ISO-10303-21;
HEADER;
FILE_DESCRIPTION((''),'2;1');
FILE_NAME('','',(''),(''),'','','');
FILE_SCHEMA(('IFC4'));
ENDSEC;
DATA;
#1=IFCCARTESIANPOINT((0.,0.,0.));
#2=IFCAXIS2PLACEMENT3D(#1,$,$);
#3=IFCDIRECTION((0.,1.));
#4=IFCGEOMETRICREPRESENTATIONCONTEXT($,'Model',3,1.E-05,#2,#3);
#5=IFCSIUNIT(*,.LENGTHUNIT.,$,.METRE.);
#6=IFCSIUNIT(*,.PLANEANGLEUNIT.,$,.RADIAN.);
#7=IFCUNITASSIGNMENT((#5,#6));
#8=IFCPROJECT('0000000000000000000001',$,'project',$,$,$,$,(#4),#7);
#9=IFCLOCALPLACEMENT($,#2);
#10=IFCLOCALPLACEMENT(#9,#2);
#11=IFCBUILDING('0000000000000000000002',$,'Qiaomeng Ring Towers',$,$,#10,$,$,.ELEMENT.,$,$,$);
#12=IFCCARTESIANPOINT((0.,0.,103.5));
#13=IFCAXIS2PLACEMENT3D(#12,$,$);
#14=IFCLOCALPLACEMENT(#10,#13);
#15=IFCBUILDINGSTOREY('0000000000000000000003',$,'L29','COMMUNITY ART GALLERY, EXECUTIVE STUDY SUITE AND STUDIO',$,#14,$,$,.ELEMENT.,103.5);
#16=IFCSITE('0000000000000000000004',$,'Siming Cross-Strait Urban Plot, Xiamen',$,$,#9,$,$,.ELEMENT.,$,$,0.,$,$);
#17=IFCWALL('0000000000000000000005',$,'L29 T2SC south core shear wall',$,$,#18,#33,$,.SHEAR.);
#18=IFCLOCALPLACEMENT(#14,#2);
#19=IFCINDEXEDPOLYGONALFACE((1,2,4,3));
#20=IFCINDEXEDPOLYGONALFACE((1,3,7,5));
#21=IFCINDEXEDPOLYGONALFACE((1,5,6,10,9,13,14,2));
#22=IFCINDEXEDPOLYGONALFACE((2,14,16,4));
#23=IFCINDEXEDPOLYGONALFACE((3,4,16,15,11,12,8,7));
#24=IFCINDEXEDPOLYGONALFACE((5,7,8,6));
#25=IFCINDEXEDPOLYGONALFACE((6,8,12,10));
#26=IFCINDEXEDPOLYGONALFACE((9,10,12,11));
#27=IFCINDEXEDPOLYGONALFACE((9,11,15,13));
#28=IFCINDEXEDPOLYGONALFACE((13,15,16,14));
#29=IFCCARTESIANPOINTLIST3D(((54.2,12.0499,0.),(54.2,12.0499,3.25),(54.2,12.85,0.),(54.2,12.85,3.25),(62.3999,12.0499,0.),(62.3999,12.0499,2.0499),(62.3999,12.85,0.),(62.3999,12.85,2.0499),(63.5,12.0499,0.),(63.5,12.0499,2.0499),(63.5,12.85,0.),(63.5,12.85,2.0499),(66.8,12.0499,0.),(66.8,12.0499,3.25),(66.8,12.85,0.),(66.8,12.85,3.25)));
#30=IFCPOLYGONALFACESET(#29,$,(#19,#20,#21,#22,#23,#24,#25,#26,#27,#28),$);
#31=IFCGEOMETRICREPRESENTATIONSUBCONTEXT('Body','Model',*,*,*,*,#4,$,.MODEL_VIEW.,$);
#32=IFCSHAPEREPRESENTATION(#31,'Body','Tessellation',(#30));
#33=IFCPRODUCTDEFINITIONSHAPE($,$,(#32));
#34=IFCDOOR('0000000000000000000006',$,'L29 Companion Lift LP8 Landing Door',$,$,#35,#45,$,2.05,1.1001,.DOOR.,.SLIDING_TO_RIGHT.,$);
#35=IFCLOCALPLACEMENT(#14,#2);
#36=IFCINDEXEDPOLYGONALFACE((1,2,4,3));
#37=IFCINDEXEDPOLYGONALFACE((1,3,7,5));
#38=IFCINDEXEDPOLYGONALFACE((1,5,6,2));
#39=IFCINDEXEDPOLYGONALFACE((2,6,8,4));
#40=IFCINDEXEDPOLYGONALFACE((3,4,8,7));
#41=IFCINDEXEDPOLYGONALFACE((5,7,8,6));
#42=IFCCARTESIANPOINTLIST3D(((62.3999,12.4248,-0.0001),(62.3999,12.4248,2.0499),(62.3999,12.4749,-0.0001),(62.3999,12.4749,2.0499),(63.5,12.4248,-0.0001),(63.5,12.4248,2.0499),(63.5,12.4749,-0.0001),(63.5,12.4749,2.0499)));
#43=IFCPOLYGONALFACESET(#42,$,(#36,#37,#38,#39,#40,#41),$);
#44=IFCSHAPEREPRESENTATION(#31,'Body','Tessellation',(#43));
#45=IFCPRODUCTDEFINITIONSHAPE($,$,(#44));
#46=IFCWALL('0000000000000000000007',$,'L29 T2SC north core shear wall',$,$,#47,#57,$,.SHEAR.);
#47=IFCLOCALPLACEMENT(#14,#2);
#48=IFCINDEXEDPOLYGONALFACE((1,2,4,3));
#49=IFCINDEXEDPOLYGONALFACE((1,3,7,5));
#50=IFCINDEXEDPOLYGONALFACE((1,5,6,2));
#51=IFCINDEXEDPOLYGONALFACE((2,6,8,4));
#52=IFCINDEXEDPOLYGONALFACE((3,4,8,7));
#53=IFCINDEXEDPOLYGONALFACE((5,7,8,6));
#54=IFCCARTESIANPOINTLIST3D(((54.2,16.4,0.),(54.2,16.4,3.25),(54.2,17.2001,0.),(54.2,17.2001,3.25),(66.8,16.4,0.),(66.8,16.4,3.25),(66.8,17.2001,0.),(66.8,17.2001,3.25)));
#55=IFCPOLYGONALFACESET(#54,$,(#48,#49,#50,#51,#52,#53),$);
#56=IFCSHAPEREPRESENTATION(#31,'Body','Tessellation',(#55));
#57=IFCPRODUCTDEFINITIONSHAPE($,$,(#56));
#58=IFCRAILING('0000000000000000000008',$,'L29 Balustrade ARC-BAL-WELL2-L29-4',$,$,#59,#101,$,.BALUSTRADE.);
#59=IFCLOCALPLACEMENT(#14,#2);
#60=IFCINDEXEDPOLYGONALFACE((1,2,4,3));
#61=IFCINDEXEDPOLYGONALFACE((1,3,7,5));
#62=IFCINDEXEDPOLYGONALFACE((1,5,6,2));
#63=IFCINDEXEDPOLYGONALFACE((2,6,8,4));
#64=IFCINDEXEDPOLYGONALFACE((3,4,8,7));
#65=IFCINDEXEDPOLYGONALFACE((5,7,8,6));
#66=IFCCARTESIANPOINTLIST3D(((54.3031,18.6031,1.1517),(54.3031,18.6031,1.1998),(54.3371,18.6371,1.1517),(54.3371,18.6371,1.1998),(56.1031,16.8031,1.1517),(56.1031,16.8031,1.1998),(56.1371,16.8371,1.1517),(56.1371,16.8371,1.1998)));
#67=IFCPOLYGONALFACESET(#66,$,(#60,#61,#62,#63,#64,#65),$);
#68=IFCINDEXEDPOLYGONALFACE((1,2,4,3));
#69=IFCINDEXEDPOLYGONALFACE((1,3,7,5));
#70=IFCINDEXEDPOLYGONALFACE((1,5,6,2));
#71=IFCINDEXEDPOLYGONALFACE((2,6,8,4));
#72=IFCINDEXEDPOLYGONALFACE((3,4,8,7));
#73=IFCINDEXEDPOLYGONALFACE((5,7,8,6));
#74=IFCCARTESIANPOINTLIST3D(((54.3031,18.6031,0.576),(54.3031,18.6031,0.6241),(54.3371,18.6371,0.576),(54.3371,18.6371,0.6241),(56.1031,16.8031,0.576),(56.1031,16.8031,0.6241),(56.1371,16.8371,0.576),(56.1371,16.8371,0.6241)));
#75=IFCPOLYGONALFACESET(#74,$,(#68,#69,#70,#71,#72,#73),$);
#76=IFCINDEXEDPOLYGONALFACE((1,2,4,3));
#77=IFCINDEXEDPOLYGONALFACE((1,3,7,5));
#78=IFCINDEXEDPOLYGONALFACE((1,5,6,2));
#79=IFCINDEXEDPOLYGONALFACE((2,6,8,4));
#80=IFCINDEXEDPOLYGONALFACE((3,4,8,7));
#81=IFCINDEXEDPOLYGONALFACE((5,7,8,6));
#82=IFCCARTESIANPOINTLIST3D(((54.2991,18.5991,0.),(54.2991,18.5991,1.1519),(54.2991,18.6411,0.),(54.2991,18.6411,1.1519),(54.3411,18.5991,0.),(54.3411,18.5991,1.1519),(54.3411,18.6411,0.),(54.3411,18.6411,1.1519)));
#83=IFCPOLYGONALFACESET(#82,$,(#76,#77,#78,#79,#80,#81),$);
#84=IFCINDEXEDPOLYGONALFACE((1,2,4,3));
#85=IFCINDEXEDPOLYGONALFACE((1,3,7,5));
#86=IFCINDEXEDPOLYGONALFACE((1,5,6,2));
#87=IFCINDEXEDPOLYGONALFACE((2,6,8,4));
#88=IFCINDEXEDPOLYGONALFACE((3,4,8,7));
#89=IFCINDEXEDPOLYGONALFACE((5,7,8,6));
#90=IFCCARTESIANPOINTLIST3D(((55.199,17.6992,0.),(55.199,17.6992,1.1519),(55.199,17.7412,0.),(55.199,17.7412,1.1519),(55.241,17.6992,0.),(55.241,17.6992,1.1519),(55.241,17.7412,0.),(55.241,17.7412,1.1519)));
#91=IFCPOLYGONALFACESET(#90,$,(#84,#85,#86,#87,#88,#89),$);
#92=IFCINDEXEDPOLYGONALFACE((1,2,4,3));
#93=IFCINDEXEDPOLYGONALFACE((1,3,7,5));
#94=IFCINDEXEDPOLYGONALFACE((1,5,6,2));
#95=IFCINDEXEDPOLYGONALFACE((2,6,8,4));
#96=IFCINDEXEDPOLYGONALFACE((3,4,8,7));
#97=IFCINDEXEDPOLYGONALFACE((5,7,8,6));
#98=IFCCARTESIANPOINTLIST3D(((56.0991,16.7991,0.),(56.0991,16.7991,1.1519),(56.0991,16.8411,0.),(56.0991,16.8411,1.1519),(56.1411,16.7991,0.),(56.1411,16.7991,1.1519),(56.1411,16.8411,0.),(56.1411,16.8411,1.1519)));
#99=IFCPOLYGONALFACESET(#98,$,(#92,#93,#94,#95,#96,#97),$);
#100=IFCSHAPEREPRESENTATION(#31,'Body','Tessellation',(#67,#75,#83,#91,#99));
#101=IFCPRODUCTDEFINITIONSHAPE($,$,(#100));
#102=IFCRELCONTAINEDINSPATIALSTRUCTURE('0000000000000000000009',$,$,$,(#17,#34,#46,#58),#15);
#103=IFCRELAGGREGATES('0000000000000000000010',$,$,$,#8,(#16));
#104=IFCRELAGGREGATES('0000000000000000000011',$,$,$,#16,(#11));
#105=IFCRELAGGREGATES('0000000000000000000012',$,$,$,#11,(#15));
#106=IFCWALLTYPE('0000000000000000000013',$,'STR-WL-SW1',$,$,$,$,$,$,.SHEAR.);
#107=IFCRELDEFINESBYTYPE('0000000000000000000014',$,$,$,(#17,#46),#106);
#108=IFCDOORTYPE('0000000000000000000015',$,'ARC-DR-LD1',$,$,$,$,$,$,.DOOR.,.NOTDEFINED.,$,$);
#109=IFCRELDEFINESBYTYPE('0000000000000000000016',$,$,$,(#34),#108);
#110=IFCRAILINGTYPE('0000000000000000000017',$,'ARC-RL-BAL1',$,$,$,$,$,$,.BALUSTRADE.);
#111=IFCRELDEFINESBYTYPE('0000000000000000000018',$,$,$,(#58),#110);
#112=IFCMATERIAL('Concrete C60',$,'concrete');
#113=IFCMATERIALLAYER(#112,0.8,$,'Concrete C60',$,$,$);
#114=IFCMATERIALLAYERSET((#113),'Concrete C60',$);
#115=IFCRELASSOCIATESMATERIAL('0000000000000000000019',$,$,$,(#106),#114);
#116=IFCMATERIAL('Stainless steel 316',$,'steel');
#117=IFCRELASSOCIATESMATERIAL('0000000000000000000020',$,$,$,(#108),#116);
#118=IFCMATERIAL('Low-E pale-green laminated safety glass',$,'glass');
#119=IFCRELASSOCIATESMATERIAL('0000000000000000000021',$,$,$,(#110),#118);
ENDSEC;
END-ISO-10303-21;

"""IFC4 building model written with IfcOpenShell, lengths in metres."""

from ifc_helpers import new_model, si_unit, direction, frame, frame_2d, origin, origin_2d, place, context, subcontext, project, spatial, rectangle, extrude, source, transform, mapped, material, layer, layer_set, type_object, element, fill, save


model = new_model("IFC4")

# Units and contexts
model_context = context("Model", 3, precision=1e-05, world=origin(), true_north=direction((0.0, 1.0)))
body_context = subcontext(model_context, "Body", "Model", "MODEL_VIEW")
ifc_project = project(units=[si_unit("LENGTHUNIT", "METRE"), si_unit("PLANEANGLEUNIT", "RADIAN")], contexts=[model_context])

# Site, building, storey
site_placement = place(None, origin())
site = spatial("IfcSite", under=ifc_project, at=site_placement, Name="Siming Cross-Strait Urban Plot, Xiamen", CompositionType="ELEMENT", RefElevation=0.0)
building_placement = place(site_placement, origin())
building = spatial("IfcBuilding", under=site, at=building_placement, Name="Qiaomeng Ring Towers", CompositionType="ELEMENT")
storey_placement = place(building_placement, frame((0.0, 0.0, 103.5)))
storey = spatial("IfcBuildingStorey", under=building, at=storey_placement, Name="L29", Description="COMMUNITY ART GALLERY, EXECUTIVE STUDY SUITE AND STUDIO", CompositionType="ELEMENT", Elevation=103.5)

# Wall, opening, door
ifc_material_1 = material(Name="Concrete C60", Category="concrete")
ifc_layer_1 = layer(ifc_material_1, 0.8, Name="Concrete C60")
ifc_layer_set_1 = layer_set([ifc_layer_1], Name="Concrete C60")
wall_type_1 = type_object("IfcWallType", Name="STR-WL-SW1", PredefinedType="SHEAR", material=ifc_layer_set_1)
wall_1_placement = place(storey_placement, frame((54.2, 12.45, 0.0), z_axis=(0.0, 0.0, 1.0), x_axis=(1.0, 0.0, 0.0)))
wall_1 = element("IfcWall", 1, at=wall_1_placement, inside=storey, type_object=wall_type_1, Name="L29 T2SC south core shear wall", PredefinedType="SHEAR", context=body_context, shape_type="SweptSolid", body=[
    extrude(rectangle(XDim=12.6001, YDim=0.8, at=frame_2d((6.3, 0.0))), origin(), (0.0, 0.0, 1.0), 3.25),
])
opening_1_placement = place(wall_1_placement, frame((8.2, 0.0, 0.0)))
opening_1 = element("IfcOpeningElement", 2, at=opening_1_placement, cuts=wall_1, PredefinedType="OPENING", context=body_context, shape_type="SweptSolid", body=[
    extrude(rectangle(XDim=1.1001, YDim=2.05, at=frame_2d((0.55, 1.0249))), frame((0.0, 0.4099, 0.0), z_axis=(0.0, -1.0, 0.0), x_axis=(1.0, 0.0, 0.0)), (0.0, 0.0, 1.0), 0.8201),
])
ifc_material_2 = material(Name="Stainless steel 316", Category="steel")
door_type_1 = type_object("IfcDoorType", Name="ARC-DR-LD1", OperationType="NOTDEFINED", PredefinedType="DOOR", material=ifc_material_2)
shared_shape_1 = source(origin(), body_context, "Body", "SweptSolid", [
    extrude(rectangle(XDim=1.1001, YDim=2.05, at=frame_2d((0.55, 1.0249))), frame((0.0, 0.0249, 0.0), z_axis=(0.0, -1.0, 0.0), x_axis=(1.0, 0.0, 0.0)), (0.0, 0.0, 1.0), 0.05),
])
door_1_placement = place(opening_1_placement, origin())
door_1 = element("IfcDoor", 3, at=door_1_placement, inside=storey, type_object=door_type_1, Name="L29 Companion Lift LP8 Landing Door", OperationType="SLIDING_TO_RIGHT", OverallHeight=2.05, OverallWidth=1.1001, PredefinedType="DOOR", context=body_context, shape_type="MappedRepresentation", body=[
    mapped(shared_shape_1, transform((0.0, 0.0, 0.0), x_axis=(1.0, 0.0, 0.0), y_axis=(0.0, 1.0, 0.0), z_axis=(0.0, 0.0, 1.0), scale=1.0)),
])
fill(opening_1, door_1)

# Wall
wall_2_placement = place(storey_placement, frame((54.2, 16.8, 0.0), z_axis=(0.0, 0.0, 1.0), x_axis=(1.0, 0.0, 0.0)))
element("IfcWall", 4, at=wall_2_placement, inside=storey, type_object=wall_type_1, Name="L29 T2SC north core shear wall", PredefinedType="SHEAR", context=body_context, shape_type="SweptSolid", body=[
    extrude(rectangle(XDim=12.6001, YDim=0.8, at=frame_2d((6.3, 0.0))), origin(), (0.0, 0.0, 1.0), 3.25),
])

# Railing
ifc_material_3 = material(Name="Low-E pale-green laminated safety glass", Category="glass")
railing_type = type_object("IfcRailingType", Name="ARC-RL-BAL1", PredefinedType="BALUSTRADE", material=ifc_material_3)
railing_1_placement = place(storey_placement, frame((54.3201, 18.6201, 0.0)))
element("IfcRailing", 5, at=railing_1_placement, inside=storey, type_object=railing_type, Name="L29 Balustrade ARC-BAL-WELL2-L29-4", PredefinedType="BALUSTRADE", context=body_context, shape_type="SweptSolid", body=[
    extrude(rectangle(XDim=0.0481, YDim=0.0481, at=origin_2d()), frame((0.0, 0.0, 1.1758), z_axis=(0.707107, -0.707107, 0.0), x_axis=(0.707107, 0.707107, 0.0)), (0.0, 0.0, 1.0), 2.5457),
    extrude(rectangle(XDim=0.0481, YDim=0.0481, at=origin_2d()), frame((0.0, 0.0, 0.6001), z_axis=(0.707107, -0.707107, 0.0), x_axis=(0.707107, 0.707107, 0.0)), (0.0, 0.0, 1.0), 2.5457),
    extrude(rectangle(XDim=0.042, YDim=0.042, at=origin_2d()), origin(), (0.0, 0.0, 1.0), 1.1519),
    extrude(rectangle(XDim=0.042, YDim=0.042, at=origin_2d()), frame((0.8999, -0.8999, 0.0)), (0.0, 0.0, 1.0), 1.1519),
    extrude(rectangle(XDim=0.042, YDim=0.042, at=origin_2d()), frame((1.8, -1.8, 0.0)), (0.0, 0.0, 1.0), 1.1519),
])

save(model, "model.ifc")
